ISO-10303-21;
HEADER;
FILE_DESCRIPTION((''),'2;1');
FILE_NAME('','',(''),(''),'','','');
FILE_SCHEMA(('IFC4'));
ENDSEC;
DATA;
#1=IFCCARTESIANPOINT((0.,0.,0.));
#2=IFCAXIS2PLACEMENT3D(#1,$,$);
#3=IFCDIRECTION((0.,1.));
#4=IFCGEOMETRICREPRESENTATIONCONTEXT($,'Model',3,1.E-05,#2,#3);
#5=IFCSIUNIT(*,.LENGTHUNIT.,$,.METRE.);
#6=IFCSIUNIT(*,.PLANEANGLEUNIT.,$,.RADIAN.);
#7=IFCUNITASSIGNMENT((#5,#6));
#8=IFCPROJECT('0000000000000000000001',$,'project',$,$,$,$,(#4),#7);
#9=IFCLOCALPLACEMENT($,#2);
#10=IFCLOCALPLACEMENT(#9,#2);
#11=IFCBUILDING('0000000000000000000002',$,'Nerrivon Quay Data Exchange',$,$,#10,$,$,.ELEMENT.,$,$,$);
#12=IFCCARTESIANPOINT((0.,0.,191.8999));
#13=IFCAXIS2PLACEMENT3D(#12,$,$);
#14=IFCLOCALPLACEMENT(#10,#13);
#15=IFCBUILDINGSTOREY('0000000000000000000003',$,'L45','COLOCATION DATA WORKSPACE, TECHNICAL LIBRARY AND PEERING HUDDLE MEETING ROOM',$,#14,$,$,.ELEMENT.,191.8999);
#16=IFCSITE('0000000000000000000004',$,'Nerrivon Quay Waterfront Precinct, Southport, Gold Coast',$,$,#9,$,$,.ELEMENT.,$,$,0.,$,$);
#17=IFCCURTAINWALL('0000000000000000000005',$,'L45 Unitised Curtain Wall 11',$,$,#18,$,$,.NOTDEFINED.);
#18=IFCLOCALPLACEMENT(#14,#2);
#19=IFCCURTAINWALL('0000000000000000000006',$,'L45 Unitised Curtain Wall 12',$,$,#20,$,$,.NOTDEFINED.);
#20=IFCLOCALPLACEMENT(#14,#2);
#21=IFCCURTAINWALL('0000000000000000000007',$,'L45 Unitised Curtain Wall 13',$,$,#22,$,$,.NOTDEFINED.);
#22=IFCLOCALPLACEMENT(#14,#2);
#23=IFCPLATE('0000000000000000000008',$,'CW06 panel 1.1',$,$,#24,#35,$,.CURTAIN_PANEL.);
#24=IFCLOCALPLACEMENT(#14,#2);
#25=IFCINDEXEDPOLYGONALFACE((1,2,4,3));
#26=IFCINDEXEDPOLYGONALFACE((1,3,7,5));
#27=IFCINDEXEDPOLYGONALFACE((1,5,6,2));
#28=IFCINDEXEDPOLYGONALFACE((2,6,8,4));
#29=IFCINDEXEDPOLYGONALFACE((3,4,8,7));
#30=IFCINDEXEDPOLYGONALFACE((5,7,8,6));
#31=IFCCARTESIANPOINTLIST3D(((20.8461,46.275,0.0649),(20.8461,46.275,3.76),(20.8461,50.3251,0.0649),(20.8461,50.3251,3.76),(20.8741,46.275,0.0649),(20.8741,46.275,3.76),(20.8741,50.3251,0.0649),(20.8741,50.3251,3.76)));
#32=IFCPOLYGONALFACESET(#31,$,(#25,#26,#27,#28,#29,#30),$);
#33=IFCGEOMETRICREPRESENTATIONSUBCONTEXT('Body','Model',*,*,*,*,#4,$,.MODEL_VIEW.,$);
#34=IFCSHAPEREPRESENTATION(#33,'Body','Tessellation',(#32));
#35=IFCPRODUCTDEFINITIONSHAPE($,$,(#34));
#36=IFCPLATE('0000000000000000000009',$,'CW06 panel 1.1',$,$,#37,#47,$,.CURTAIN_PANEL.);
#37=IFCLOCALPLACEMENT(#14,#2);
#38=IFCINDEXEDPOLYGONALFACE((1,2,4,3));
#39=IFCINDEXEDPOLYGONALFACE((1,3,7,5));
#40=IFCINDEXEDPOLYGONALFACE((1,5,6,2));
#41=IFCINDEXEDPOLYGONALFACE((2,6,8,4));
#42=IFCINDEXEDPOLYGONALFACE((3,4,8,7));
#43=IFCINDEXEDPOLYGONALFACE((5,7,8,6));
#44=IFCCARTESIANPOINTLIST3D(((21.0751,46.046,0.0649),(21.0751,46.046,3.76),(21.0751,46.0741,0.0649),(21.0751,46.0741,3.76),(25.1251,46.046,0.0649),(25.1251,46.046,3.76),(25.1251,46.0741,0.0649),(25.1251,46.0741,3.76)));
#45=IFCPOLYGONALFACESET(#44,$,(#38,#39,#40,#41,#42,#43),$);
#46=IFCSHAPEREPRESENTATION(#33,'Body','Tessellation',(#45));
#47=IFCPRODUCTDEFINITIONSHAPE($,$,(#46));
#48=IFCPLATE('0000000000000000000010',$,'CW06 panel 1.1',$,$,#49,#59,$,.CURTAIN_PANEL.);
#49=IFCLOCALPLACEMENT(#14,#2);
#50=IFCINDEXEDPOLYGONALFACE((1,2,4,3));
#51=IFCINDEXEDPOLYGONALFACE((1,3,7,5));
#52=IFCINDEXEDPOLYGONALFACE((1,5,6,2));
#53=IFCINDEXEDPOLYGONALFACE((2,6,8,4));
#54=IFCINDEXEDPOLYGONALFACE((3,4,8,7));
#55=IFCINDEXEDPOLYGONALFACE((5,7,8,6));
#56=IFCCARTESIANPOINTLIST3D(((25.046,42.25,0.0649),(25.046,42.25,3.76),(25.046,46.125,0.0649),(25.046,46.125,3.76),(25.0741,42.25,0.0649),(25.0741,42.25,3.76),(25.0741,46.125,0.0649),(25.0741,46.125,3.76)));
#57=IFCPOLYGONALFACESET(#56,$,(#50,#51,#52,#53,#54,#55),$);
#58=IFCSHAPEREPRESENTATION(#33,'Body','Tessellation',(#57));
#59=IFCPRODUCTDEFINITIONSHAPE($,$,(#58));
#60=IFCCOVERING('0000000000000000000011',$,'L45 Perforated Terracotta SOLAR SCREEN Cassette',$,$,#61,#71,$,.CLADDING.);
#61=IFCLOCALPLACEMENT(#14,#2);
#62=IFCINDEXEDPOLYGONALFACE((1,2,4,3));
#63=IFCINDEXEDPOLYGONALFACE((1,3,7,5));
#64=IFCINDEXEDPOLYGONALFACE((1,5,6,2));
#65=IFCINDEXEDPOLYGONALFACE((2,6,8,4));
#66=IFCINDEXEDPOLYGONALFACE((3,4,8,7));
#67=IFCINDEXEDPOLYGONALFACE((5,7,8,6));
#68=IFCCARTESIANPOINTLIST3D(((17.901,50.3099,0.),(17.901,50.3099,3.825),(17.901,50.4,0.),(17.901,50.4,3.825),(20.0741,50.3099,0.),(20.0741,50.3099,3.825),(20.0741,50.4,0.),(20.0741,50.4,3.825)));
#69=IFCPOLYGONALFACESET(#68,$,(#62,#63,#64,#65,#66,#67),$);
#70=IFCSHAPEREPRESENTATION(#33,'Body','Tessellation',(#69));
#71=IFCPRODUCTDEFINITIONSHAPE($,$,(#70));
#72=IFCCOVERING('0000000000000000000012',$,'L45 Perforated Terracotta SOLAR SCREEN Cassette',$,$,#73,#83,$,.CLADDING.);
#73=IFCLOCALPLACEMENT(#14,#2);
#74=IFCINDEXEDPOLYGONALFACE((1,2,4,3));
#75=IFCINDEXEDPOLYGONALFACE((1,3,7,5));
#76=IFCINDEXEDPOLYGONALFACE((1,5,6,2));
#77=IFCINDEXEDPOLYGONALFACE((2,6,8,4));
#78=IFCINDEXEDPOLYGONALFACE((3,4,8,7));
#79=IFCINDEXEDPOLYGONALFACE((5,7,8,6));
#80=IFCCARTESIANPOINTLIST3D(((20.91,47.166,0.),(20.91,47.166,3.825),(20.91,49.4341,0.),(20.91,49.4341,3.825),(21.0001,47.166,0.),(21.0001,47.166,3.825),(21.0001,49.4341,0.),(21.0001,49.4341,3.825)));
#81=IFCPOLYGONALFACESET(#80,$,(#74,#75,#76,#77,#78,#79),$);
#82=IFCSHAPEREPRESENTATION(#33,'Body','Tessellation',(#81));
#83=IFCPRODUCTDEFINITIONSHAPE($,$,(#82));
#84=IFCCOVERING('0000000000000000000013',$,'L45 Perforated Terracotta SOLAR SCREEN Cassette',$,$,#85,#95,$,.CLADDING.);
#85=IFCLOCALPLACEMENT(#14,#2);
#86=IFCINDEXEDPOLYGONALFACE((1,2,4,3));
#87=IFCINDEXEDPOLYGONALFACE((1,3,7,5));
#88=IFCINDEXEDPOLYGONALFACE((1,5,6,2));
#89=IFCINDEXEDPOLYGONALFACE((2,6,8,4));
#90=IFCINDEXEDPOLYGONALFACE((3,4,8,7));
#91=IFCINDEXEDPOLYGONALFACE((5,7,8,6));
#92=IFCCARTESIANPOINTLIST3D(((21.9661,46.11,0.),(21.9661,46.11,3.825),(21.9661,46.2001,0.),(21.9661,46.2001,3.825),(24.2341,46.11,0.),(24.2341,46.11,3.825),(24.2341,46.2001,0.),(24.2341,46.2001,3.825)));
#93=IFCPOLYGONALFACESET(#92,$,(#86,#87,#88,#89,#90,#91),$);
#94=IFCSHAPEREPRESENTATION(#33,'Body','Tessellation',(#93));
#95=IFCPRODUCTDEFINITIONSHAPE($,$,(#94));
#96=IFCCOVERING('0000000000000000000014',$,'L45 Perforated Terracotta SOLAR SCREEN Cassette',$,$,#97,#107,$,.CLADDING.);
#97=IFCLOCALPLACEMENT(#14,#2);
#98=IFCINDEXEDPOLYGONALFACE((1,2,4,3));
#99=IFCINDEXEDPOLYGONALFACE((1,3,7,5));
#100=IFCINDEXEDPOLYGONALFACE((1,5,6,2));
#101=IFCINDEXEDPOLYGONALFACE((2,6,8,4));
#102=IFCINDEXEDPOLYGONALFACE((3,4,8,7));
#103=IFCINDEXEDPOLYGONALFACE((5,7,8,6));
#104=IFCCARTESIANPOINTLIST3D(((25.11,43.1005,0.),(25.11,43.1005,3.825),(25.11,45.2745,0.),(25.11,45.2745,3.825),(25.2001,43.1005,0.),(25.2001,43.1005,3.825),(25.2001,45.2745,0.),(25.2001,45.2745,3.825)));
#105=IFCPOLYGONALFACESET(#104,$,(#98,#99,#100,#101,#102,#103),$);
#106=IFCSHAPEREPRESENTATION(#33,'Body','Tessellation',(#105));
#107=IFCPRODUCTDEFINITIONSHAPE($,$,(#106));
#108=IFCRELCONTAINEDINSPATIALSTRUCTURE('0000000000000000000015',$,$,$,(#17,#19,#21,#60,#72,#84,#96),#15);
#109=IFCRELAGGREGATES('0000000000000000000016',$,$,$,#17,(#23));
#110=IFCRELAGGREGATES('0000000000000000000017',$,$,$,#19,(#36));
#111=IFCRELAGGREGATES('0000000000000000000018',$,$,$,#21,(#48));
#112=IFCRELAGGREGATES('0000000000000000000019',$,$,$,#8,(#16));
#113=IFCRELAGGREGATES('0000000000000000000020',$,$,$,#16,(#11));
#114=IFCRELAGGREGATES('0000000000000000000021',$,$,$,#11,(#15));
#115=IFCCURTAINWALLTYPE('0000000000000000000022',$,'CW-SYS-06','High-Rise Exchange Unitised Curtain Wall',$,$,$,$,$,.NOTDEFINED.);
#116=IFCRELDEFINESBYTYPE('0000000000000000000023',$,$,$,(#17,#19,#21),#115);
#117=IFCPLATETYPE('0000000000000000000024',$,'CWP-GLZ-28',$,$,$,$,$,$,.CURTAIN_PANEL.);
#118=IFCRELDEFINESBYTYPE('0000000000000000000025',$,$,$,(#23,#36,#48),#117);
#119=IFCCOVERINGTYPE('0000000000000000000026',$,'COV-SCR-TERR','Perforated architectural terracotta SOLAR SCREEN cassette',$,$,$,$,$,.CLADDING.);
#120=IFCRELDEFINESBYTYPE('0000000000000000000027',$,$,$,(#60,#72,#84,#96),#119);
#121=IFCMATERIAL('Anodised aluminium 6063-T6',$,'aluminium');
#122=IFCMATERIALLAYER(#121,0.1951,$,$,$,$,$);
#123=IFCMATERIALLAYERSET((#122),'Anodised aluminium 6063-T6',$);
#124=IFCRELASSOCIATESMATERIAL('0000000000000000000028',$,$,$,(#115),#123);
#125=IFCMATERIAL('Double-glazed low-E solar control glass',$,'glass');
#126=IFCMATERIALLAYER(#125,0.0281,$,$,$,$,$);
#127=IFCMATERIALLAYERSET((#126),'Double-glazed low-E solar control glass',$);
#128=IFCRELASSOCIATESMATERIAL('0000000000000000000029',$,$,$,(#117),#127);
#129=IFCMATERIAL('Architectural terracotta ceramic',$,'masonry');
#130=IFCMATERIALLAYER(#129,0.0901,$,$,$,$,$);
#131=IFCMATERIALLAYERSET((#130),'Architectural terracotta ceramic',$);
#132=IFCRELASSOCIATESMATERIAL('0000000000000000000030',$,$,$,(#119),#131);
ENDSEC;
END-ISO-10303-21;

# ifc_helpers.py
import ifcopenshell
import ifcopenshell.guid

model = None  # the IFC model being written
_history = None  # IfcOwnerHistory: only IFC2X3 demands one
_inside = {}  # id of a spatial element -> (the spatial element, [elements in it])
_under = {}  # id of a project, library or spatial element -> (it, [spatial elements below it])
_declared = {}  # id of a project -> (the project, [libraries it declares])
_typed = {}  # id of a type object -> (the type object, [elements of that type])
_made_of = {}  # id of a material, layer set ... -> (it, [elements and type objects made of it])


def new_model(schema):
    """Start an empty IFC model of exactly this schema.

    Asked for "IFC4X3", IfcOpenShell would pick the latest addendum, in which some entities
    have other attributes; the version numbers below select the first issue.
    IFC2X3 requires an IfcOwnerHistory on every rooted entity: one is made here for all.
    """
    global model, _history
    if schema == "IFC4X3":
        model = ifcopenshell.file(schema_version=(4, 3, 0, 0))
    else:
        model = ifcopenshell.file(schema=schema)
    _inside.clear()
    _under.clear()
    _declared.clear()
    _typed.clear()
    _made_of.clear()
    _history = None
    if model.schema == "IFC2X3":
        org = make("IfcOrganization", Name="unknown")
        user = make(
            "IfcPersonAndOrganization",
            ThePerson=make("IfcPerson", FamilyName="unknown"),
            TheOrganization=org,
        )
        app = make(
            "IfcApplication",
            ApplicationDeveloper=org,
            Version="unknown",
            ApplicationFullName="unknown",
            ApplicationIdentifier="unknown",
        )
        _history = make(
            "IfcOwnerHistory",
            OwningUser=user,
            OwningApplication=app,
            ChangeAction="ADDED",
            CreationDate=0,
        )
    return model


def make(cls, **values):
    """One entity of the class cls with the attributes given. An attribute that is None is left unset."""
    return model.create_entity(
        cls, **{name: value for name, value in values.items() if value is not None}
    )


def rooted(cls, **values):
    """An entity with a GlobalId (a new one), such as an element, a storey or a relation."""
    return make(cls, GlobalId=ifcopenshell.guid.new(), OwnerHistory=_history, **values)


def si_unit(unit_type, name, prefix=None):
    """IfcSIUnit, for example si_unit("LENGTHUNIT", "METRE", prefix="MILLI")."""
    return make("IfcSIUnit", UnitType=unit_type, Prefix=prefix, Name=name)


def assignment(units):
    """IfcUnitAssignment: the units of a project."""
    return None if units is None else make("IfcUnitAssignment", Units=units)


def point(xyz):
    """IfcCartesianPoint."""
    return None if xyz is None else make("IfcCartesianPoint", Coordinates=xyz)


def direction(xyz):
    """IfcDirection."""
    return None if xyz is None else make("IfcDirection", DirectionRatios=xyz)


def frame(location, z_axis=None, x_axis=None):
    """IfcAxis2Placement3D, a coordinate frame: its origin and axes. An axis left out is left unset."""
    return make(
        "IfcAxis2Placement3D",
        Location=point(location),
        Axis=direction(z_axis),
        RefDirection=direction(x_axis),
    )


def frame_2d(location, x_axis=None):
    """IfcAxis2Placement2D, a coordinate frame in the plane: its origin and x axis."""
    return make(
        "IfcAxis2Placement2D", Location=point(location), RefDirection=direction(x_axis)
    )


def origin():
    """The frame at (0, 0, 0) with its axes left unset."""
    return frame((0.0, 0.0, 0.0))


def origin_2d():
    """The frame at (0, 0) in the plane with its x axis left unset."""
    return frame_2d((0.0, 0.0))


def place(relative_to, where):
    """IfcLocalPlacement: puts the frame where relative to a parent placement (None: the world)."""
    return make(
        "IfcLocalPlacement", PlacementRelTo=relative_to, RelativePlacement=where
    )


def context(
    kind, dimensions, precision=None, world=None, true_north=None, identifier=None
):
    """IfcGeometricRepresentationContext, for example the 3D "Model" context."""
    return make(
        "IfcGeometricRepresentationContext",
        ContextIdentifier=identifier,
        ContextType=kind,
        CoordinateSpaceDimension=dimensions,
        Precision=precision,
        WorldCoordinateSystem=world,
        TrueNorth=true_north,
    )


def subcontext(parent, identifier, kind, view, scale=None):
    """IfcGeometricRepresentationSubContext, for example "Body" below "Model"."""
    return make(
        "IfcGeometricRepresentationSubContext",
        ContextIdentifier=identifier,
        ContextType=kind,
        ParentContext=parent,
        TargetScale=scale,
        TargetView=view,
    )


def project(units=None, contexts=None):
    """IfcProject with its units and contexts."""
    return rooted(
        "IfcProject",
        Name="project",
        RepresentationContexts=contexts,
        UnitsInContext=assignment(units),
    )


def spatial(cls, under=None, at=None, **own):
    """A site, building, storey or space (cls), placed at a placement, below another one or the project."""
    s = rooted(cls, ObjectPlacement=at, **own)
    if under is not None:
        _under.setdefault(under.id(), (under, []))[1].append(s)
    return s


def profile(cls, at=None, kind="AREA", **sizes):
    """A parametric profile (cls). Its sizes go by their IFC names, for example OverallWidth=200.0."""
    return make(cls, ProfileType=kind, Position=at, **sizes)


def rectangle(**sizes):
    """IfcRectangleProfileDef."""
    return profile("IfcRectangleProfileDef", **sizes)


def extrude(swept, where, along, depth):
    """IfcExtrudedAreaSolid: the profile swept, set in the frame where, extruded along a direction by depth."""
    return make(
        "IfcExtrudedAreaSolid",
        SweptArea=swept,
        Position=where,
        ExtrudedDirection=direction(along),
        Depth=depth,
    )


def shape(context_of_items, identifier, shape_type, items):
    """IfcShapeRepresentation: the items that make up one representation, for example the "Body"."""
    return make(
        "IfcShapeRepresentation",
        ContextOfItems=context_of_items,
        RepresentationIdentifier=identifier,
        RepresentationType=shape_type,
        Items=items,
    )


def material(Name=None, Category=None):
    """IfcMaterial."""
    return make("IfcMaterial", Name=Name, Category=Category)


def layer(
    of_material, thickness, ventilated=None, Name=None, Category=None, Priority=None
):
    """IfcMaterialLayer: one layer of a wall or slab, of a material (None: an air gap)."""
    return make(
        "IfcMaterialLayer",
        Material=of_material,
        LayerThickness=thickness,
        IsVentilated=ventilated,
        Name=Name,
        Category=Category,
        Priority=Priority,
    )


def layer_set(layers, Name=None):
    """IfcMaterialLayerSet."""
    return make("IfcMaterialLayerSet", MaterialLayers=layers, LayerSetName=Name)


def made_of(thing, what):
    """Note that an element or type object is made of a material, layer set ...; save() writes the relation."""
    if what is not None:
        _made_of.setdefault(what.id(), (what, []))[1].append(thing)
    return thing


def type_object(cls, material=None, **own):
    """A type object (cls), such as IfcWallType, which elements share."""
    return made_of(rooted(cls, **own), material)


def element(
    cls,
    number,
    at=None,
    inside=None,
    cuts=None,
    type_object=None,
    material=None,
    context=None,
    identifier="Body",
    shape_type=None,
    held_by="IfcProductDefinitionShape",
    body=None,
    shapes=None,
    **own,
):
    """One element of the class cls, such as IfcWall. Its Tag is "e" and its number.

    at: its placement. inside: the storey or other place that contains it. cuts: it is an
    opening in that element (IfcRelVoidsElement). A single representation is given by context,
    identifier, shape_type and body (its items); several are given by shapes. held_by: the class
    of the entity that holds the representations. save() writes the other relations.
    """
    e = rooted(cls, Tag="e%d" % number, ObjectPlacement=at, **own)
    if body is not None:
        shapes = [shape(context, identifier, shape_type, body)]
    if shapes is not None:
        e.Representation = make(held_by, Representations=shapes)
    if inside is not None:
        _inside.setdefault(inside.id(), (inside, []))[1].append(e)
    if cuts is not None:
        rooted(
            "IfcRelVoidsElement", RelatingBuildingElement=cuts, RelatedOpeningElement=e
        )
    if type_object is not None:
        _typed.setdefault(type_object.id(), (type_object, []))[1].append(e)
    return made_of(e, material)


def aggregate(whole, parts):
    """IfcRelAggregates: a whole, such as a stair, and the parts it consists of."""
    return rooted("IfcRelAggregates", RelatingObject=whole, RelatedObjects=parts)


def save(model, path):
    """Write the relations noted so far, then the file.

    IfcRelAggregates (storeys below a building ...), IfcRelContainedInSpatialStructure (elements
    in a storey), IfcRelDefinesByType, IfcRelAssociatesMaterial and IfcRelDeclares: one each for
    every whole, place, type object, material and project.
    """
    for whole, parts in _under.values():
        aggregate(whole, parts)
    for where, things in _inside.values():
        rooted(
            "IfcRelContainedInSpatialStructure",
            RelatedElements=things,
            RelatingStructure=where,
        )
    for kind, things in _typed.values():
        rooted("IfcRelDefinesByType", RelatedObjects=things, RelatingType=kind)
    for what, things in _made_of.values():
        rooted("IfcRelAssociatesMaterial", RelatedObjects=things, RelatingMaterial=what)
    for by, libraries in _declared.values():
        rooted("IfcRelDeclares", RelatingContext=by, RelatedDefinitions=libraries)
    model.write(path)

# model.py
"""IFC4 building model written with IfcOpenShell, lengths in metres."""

from ifc_helpers import new_model, si_unit, direction, frame, origin, origin_2d, place, context, subcontext, project, spatial, rectangle, extrude, material, layer, layer_set, type_object, element, aggregate, save


model = new_model("IFC4")

# Units and contexts
model_context = context("Model", 3, precision=1e-05, world=origin(), true_north=direction((0.0, 1.0)))
body_context = subcontext(model_context, "Body", "Model", "MODEL_VIEW")
ifc_project = project(units=[si_unit("LENGTHUNIT", "METRE"), si_unit("PLANEANGLEUNIT", "RADIAN")], contexts=[model_context])

# Site, building, storey
site_placement = place(None, origin())
site = spatial("IfcSite", under=ifc_project, at=site_placement, Name="Nerrivon Quay Waterfront Precinct, Southport, Gold Coast", CompositionType="ELEMENT", RefElevation=0.0)
building_placement = place(site_placement, origin())
building = spatial("IfcBuilding", under=site, at=building_placement, Name="Nerrivon Quay Data Exchange", CompositionType="ELEMENT")
storey_placement = place(building_placement, frame((0.0, 0.0, 191.8999)))
storey = spatial("IfcBuildingStorey", under=building, at=storey_placement, Name="L45", Description="COLOCATION DATA WORKSPACE, TECHNICAL LIBRARY AND PEERING HUDDLE MEETING ROOM", CompositionType="ELEMENT", Elevation=191.8999)

# Shared definitions
ifc_material_1 = material(Name="Anodised aluminium 6063-T6", Category="aluminium")
ifc_layer_1 = layer(ifc_material_1, 0.1951)
ifc_layer_set_1 = layer_set([ifc_layer_1], Name="Anodised aluminium 6063-T6")
curtain_wall_type = type_object("IfcCurtainWallType", Name="CW-SYS-06", Description="High-Rise Exchange Unitised Curtain Wall", PredefinedType="NOTDEFINED", material=ifc_layer_set_1)

# Curtain walls
curtain_wall_1_placement = place(storey_placement, origin())
curtain_wall_1 = element("IfcCurtainWall", 1, at=curtain_wall_1_placement, inside=storey, type_object=curtain_wall_type, Name="L45 Unitised Curtain Wall 11", PredefinedType="NOTDEFINED")
curtain_wall_2_placement = place(storey_placement, origin())
curtain_wall_2 = element("IfcCurtainWall", 2, at=curtain_wall_2_placement, inside=storey, type_object=curtain_wall_type, Name="L45 Unitised Curtain Wall 12", PredefinedType="NOTDEFINED")
curtain_wall_3_placement = place(storey_placement, origin())
curtain_wall_3 = element("IfcCurtainWall", 3, at=curtain_wall_3_placement, inside=storey, type_object=curtain_wall_type, Name="L45 Unitised Curtain Wall 13", PredefinedType="NOTDEFINED")

# Plates
ifc_material_2 = material(Name="Double-glazed low-E solar control glass", Category="glass")
ifc_layer_2 = layer(ifc_material_2, 0.0281)
ifc_layer_set_2 = layer_set([ifc_layer_2], Name="Double-glazed low-E solar control glass")
plate_type = type_object("IfcPlateType", Name="CWP-GLZ-28", PredefinedType="CURTAIN_PANEL", material=ifc_layer_set_2)
plate_1_placement = place(storey_placement, frame((20.8601, 48.3, 0.0649), z_axis=(0.0, 0.0, 1.0), x_axis=(0.0, -1.0, 0.0)))
plate_1 = element("IfcPlate", 4, at=plate_1_placement, type_object=plate_type, Name="CW06 panel 1.1", PredefinedType="CURTAIN_PANEL", context=body_context, shape_type="SweptSolid", body=[
    extrude(rectangle(XDim=4.05, YDim=0.0281, at=origin_2d()), origin(), (0.0, 0.0, 1.0), 3.6951),
])
aggregate(curtain_wall_1, [plate_1])
plate_2_placement = place(storey_placement, frame((23.1001, 46.0601, 0.0649), z_axis=(0.0, 0.0, 1.0), x_axis=(1.0, 0.0, 0.0)))
plate_2 = element("IfcPlate", 5, at=plate_2_placement, type_object=plate_type, Name="CW06 panel 1.1", PredefinedType="CURTAIN_PANEL", context=body_context, shape_type="SweptSolid", body=[
    extrude(rectangle(XDim=4.05, YDim=0.0281, at=origin_2d()), origin(), (0.0, 0.0, 1.0), 3.6951),
])
aggregate(curtain_wall_2, [plate_2])
plate_3_placement = place(storey_placement, frame((25.0601, 44.1875, 0.0649), z_axis=(0.0, 0.0, 1.0), x_axis=(0.0, -1.0, 0.0)))
plate_3 = element("IfcPlate", 6, at=plate_3_placement, type_object=plate_type, Name="CW06 panel 1.1", PredefinedType="CURTAIN_PANEL", context=body_context, shape_type="SweptSolid", body=[
    extrude(rectangle(XDim=3.875, YDim=0.0281, at=origin_2d()), origin(), (0.0, 0.0, 1.0), 3.6951),
])
aggregate(curtain_wall_3, [plate_3])

# Coverings
ifc_material_3 = material(Name="Architectural terracotta ceramic", Category="masonry")
ifc_layer_3 = layer(ifc_material_3, 0.0901)
ifc_layer_set_3 = layer_set([ifc_layer_3], Name="Architectural terracotta ceramic")
covering_type = type_object("IfcCoveringType", Name="COV-SCR-TERR", Description="Perforated architectural terracotta SOLAR SCREEN cassette", PredefinedType="CLADDING", material=ifc_layer_set_3)
covering_1_placement = place(storey_placement, frame((18.9875, 50.355, 0.0), z_axis=(0.0, 0.0, 1.0), x_axis=(1.0, 0.0, 0.0)))
element("IfcCovering", 7, at=covering_1_placement, inside=storey, type_object=covering_type, Name="L45 Perforated Terracotta SOLAR SCREEN Cassette", PredefinedType="CLADDING", context=body_context, shape_type="SweptSolid", body=[
    extrude(rectangle(XDim=2.1731, YDim=0.0901, at=origin_2d()), origin(), (0.0, 0.0, 1.0), 3.825),
])
for number, where, z_axis, x_axis, name in (
    (8, (20.9551, 48.3, 0.0), (0.0, 0.0, 1.0), (0.0, -1.0, 0.0), "L45 Perforated Terracotta SOLAR SCREEN Cassette"),
    (9, (23.1001, 46.155, 0.0), (0.0, 0.0, 1.0), (1.0, 0.0, 0.0), "L45 Perforated Terracotta SOLAR SCREEN Cassette"),
):
    element("IfcCovering", number, at=place(storey_placement, frame(where, z_axis=z_axis, x_axis=x_axis)), inside=storey, type_object=covering_type, Name=name, PredefinedType="CLADDING", context=body_context, shape_type="SweptSolid", body=[
        extrude(rectangle(XDim=2.2681, YDim=0.0901, at=origin_2d()), origin(), (0.0, 0.0, 1.0), 3.825),
    ])
covering_2_placement = place(storey_placement, frame((25.155, 44.1875, 0.0), z_axis=(0.0, 0.0, 1.0), x_axis=(0.0, -1.0, 0.0)))
element("IfcCovering", 10, at=covering_2_placement, inside=storey, type_object=covering_type, Name="L45 Perforated Terracotta SOLAR SCREEN Cassette", PredefinedType="CLADDING", context=body_context, shape_type="SweptSolid", body=[
    extrude(rectangle(XDim=2.1741, YDim=0.0901, at=origin_2d()), origin(), (0.0, 0.0, 1.0), 3.825),
])

save(model, "model.ifc")
